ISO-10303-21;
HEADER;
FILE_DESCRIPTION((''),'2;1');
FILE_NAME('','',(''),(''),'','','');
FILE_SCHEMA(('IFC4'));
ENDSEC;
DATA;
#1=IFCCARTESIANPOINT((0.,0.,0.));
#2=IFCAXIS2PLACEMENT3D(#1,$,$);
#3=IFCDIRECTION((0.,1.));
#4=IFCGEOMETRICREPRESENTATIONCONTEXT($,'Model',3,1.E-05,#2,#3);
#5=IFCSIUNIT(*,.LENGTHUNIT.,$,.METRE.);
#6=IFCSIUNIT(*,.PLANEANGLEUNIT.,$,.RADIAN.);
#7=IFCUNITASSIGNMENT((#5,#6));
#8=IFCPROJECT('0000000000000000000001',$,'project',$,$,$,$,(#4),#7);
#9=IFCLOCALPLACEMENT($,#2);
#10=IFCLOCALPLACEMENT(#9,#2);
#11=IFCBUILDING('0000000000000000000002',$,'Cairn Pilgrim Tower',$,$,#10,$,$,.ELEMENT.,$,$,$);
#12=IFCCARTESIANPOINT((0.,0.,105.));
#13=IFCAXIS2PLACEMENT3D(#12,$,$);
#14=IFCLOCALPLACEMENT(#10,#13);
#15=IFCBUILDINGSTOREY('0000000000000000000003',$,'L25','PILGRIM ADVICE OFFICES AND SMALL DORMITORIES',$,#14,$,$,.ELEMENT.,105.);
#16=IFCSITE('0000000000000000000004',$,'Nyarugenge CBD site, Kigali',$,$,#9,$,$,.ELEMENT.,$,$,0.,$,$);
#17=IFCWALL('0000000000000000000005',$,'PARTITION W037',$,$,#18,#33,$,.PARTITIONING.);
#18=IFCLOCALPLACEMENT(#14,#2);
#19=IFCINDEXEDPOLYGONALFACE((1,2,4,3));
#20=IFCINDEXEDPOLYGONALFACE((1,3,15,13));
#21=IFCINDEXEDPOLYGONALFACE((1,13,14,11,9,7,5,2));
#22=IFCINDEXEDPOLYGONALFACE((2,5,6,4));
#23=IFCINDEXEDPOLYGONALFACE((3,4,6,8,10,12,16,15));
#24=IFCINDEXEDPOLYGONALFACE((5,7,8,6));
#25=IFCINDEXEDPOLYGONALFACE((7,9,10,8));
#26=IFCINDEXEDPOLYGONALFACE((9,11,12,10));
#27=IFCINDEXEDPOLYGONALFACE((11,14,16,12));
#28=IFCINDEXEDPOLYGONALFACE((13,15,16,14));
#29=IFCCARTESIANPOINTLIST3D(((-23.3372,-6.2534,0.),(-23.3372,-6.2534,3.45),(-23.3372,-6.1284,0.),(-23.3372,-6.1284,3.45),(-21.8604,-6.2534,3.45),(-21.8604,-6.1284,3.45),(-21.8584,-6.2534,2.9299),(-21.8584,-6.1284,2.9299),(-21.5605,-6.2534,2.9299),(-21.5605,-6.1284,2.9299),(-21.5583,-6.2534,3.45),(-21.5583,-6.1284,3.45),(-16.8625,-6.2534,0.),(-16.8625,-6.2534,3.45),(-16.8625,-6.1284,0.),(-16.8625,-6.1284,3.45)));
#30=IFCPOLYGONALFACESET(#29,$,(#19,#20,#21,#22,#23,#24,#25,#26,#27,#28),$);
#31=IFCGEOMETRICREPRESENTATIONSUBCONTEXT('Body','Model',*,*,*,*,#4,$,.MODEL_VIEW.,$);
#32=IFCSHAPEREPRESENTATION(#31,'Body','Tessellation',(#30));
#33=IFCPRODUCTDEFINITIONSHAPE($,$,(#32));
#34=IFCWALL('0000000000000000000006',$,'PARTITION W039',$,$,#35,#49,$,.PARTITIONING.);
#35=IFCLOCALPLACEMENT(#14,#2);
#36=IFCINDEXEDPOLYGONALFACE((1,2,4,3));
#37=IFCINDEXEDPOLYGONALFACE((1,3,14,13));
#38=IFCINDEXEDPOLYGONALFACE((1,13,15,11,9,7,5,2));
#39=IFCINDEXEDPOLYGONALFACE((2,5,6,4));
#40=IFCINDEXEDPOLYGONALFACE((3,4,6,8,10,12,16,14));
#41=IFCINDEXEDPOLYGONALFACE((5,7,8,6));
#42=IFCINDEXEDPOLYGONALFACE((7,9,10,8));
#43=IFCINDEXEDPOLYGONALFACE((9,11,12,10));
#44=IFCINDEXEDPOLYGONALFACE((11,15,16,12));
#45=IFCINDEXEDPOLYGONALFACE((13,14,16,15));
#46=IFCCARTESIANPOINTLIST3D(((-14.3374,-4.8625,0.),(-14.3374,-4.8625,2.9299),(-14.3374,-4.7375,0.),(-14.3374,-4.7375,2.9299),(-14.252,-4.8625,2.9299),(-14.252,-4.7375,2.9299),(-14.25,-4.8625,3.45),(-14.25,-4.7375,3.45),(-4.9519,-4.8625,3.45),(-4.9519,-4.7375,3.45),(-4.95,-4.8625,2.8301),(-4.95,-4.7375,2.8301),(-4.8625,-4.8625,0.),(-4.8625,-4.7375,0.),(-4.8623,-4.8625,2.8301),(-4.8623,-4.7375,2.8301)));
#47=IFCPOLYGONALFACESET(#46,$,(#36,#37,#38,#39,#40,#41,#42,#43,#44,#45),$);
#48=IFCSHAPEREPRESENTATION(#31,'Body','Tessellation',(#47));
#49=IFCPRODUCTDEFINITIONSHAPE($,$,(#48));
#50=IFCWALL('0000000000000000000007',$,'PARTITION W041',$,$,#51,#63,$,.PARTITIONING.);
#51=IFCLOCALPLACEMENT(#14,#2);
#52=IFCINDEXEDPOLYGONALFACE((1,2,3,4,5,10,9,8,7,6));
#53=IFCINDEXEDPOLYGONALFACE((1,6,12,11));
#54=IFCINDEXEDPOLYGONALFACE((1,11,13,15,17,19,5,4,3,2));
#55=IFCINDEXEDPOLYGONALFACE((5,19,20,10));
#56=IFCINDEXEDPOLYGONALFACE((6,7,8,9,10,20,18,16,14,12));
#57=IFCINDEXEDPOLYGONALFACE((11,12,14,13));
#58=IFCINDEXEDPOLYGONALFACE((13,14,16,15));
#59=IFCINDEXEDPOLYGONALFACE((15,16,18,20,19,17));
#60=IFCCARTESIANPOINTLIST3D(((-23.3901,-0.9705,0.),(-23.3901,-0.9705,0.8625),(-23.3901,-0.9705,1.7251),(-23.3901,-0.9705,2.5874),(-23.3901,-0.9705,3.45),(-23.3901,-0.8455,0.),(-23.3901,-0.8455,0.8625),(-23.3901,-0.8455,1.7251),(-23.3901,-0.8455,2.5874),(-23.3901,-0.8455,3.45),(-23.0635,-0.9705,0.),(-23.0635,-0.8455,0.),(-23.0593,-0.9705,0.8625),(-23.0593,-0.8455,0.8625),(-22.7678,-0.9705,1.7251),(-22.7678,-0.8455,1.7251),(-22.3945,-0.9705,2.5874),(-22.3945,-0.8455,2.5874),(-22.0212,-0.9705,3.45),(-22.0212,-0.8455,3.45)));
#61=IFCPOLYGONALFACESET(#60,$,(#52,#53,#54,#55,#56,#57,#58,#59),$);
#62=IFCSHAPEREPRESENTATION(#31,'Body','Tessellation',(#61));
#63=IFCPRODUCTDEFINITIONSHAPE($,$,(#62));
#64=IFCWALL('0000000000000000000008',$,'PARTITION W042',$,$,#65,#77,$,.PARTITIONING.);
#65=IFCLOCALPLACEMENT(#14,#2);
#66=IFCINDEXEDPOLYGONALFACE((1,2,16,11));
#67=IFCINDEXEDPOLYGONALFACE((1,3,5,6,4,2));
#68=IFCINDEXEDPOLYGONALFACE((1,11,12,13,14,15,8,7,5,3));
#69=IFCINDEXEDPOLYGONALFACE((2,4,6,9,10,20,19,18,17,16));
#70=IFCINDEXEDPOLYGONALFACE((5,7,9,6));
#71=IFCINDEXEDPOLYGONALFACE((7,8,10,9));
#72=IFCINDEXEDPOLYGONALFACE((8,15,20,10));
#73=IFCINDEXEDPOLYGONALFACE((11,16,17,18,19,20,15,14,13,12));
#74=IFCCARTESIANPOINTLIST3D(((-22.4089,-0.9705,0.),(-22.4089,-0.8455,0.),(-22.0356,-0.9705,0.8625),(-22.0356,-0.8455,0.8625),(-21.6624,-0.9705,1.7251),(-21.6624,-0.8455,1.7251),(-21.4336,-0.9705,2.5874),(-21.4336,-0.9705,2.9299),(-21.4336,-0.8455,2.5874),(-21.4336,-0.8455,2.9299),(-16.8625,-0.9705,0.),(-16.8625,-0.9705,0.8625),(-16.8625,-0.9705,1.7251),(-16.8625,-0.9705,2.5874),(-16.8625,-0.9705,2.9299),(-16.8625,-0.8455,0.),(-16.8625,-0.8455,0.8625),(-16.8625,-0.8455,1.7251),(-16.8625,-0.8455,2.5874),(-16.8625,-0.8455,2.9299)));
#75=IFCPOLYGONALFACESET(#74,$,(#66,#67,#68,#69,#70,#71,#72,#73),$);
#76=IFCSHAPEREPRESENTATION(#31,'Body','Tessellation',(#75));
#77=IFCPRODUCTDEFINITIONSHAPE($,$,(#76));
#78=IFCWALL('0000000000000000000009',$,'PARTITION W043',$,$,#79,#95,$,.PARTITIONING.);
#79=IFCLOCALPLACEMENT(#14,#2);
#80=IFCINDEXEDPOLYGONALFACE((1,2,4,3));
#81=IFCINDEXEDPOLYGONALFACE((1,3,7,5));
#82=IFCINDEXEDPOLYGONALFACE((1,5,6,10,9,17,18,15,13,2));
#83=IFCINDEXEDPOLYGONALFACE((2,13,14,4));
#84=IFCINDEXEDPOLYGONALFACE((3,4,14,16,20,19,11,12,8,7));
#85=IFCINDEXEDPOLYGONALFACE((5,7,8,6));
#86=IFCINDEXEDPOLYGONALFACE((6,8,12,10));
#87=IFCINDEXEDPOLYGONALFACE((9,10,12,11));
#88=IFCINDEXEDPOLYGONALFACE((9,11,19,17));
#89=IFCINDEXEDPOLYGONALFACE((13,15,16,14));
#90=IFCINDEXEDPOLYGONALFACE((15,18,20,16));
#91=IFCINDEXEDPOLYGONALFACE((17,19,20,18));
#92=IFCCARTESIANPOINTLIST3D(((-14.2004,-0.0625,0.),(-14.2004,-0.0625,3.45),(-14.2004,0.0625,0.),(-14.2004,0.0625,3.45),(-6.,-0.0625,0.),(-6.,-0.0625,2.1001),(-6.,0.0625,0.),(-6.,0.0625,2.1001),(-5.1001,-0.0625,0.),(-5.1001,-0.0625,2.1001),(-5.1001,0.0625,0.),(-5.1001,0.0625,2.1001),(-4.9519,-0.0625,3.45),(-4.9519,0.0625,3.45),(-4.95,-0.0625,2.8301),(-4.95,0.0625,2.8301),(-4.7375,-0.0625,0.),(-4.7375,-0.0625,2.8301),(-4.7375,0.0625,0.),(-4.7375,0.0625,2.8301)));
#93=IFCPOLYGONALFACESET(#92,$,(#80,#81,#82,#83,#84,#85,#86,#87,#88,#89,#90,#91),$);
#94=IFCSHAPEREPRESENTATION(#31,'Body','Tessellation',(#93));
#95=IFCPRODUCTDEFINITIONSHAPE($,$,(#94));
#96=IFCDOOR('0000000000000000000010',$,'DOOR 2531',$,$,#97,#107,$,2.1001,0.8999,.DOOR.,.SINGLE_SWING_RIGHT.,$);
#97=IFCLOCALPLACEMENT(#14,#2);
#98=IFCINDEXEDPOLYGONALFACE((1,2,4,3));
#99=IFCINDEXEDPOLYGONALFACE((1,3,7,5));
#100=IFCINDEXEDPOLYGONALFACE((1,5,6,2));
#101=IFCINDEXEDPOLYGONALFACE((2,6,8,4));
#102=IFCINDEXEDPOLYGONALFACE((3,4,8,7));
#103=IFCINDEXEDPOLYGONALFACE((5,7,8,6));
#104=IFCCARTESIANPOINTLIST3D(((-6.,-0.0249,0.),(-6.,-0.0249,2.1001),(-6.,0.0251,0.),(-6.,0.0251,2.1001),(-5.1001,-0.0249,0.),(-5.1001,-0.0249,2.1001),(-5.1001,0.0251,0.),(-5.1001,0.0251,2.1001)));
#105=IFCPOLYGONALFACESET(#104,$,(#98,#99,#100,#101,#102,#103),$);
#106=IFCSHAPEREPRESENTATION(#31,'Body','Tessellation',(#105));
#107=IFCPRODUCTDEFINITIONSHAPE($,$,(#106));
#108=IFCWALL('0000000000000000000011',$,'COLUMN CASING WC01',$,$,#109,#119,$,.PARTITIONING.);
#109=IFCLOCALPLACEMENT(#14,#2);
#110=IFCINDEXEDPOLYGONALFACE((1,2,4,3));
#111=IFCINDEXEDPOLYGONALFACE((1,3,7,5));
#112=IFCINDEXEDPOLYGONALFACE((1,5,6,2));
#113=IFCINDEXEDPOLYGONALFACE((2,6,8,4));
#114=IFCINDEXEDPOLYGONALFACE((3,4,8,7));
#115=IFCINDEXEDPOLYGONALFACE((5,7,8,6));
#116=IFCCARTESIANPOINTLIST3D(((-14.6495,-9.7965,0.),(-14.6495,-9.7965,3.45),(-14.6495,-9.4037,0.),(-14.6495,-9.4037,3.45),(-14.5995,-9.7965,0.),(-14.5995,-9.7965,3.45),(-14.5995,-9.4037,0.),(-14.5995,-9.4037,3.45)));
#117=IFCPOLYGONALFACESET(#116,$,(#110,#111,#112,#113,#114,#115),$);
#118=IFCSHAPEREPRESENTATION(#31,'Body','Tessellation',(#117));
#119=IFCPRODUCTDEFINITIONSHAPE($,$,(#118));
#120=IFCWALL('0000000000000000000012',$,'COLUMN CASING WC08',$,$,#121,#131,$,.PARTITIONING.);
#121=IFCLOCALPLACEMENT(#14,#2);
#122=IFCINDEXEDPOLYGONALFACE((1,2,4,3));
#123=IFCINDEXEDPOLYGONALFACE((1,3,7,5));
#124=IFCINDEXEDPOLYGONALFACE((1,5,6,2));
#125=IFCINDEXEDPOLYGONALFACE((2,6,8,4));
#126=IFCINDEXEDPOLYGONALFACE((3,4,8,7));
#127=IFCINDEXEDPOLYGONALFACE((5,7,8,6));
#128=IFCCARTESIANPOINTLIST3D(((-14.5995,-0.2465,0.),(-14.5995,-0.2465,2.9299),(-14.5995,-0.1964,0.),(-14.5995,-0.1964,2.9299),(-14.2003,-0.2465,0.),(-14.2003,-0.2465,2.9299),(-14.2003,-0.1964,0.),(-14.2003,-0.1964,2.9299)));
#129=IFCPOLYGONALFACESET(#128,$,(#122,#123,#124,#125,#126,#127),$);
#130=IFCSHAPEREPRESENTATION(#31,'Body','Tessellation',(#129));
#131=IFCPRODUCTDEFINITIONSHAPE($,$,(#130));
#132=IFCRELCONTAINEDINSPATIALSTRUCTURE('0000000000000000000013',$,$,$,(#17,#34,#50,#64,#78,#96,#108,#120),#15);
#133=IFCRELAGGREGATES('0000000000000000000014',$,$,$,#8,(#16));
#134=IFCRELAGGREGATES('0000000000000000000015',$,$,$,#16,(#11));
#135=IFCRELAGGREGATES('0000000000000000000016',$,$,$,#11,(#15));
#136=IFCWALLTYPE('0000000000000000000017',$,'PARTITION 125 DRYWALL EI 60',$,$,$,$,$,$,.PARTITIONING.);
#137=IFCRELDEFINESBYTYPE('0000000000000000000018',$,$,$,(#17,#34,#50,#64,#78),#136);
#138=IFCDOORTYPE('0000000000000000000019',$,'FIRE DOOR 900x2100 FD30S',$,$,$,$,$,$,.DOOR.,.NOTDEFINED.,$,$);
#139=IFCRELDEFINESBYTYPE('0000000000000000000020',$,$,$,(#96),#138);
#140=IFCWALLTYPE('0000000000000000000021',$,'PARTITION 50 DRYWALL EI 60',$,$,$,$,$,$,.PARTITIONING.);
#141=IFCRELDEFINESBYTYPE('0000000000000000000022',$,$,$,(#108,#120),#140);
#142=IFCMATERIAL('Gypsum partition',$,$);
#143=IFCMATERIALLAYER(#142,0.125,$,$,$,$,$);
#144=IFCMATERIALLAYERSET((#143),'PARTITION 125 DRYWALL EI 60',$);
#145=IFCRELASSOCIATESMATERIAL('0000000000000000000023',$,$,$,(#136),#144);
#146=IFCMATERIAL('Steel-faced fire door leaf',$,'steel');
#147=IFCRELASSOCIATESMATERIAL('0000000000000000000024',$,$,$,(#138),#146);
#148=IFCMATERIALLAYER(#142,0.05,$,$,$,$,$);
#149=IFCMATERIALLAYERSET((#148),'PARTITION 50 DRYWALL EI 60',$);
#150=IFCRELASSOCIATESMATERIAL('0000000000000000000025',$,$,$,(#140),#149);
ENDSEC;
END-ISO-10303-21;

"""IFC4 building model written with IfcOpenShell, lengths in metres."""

from ifc_helpers import new_model, si_unit, direction, frame, frame_2d, origin, place, context, subcontext, project, spatial, polyline, rectangle, outline, extrude, material, layer, layer_set, type_object, element, fill, save


model = new_model("IFC4")

# Units and contexts
model_context = context("Model", 3, precision=1e-05, world=origin(), true_north=direction((0.0, 1.0)))
body_context = subcontext(model_context, "Body", "Model", "MODEL_VIEW")
ifc_project = project(units=[si_unit("LENGTHUNIT", "METRE"), si_unit("PLANEANGLEUNIT", "RADIAN")], contexts=[model_context])

# Site, building, storey
site_placement = place(None, origin())
site = spatial("IfcSite", under=ifc_project, at=site_placement, Name="Nyarugenge CBD site, Kigali", CompositionType="ELEMENT", RefElevation=0.0)
building_placement = place(site_placement, origin())
building = spatial("IfcBuilding", under=site, at=building_placement, Name="Cairn Pilgrim Tower", CompositionType="ELEMENT")
storey_placement = place(building_placement, frame((0.0, 0.0, 105.0)))
storey = spatial("IfcBuildingStorey", under=building, at=storey_placement, Name="L25", Description="PILGRIM ADVICE OFFICES AND SMALL DORMITORIES", CompositionType="ELEMENT", Elevation=105.0)

# Walls
ifc_material_1 = material(Name="Gypsum partition")
ifc_layer_1 = layer(ifc_material_1, 0.125)
ifc_layer_set_1 = layer_set([ifc_layer_1], Name="PARTITION 125 DRYWALL EI 60")
wall_type_1 = type_object("IfcWallType", Name="PARTITION 125 DRYWALL EI 60", PredefinedType="PARTITIONING", material=ifc_layer_set_1)
wall_1_placement = place(storey_placement, frame((-23.3372, -6.1909, 0.0), z_axis=(0.0, 0.0, 1.0), x_axis=(1.0, 0.0, 0.0)))
element("IfcWall", 1, at=wall_1_placement, inside=storey, type_object=wall_type_1, Name="PARTITION W037", PredefinedType="PARTITIONING", context=body_context, shape_type="SweptSolid", body=[
    extrude(outline(polyline([(0.0, 0.0), (6.4746, 0.0), (6.4746, 3.45), (1.7788, 3.45), (1.7766, 2.9299), (1.4788, 2.9299), (1.4768, 3.45), (0.0, 3.45), (0.0, 0.0)])), frame((0.0, 0.0625, 0.0), z_axis=(0.0, -1.0, 0.0), x_axis=(1.0, 0.0, 0.0)), (0.0, 0.0, 1.0), 0.125),
])
wall_2_placement = place(storey_placement, frame((-14.3374, -4.8, 0.0), z_axis=(0.0, 0.0, 1.0), x_axis=(1.0, 0.0, 0.0)))
element("IfcWall", 2, at=wall_2_placement, inside=storey, type_object=wall_type_1, Name="PARTITION W039", PredefinedType="PARTITIONING", context=body_context, shape_type="SweptSolid", body=[
    extrude(outline(polyline([(0.0, 0.0), (9.4749, 0.0), (9.4751, 2.8301), (9.3875, 2.8301), (9.3855, 3.45), (0.0874, 3.45), (0.0854, 2.9299), (0.0, 2.9299), (0.0, 0.0)])), frame((0.0, 0.0625, 0.0), z_axis=(0.0, -1.0, 0.0), x_axis=(1.0, 0.0, 0.0)), (0.0, 0.0, 1.0), 0.125),
])
wall_3_placement = place(storey_placement, frame((-23.3901, -0.908, 0.0), z_axis=(0.0, 0.0, 1.0), x_axis=(1.0, 0.0, 0.0)))
element("IfcWall", 3, at=wall_3_placement, inside=storey, type_object=wall_type_1, Name="PARTITION W041", PredefinedType="PARTITIONING", context=body_context, shape_type="SweptSolid", body=[
    extrude(outline(polyline([(0.0, 0.0), (0.3267, 0.0), (0.3308, 0.8625), (0.6223, 1.7251), (0.9956, 2.5874), (1.3689, 3.45), (0.0, 3.45), (0.0, 2.5874), (0.0, 1.7251), (0.0, 0.8625), (0.0, 0.0)])), frame((0.0, 0.0625, 0.0), z_axis=(0.0, -1.0, 0.0), x_axis=(1.0, 0.0, 0.0)), (0.0, 0.0, 1.0), 0.125),
])
wall_4_placement = place(storey_placement, frame((-22.4089, -0.908, 0.0), z_axis=(0.0, 0.0, 1.0), x_axis=(1.0, 0.0, 0.0)))
element("IfcWall", 4, at=wall_4_placement, inside=storey, type_object=wall_type_1, Name="PARTITION W042", PredefinedType="PARTITIONING", context=body_context, shape_type="SweptSolid", body=[
    extrude(outline(polyline([(0.0, 0.0), (5.5464, 0.0), (5.5464, 0.8625), (5.5464, 1.7251), (5.5464, 2.5874), (5.5464, 2.9299), (0.9753, 2.9299), (0.9753, 2.5874), (0.7466, 1.7251), (0.3733, 0.8625), (0.0, 0.0)])), frame((0.0, 0.0625, 0.0), z_axis=(0.0, -1.0, 0.0), x_axis=(1.0, 0.0, 0.0)), (0.0, 0.0, 1.0), 0.125),
])

# Wall, opening, door
wall_5_placement = place(storey_placement, frame((-14.2004, 0.0, 0.0), z_axis=(0.0, 0.0, 1.0), x_axis=(1.0, 0.0, 0.0)))
wall_5 = element("IfcWall", 5, at=wall_5_placement, inside=storey, type_object=wall_type_1, Name="PARTITION W043", PredefinedType="PARTITIONING", context=body_context, shape_type="SweptSolid", body=[
    extrude(outline(polyline([(0.0, 0.0), (9.4629, 0.0), (9.4629, 2.8301), (9.2505, 2.8301), (9.2485, 3.45), (0.0, 3.45), (0.0, 0.0)])), frame((0.0, 0.0625, 0.0), z_axis=(0.0, -1.0, 0.0), x_axis=(1.0, 0.0, 0.0)), (0.0, 0.0, 1.0), 0.125),
])
opening_1_placement = place(wall_5_placement, frame((8.2004, 0.0, 0.0)))
opening_1 = element("IfcOpeningElement", 6, at=opening_1_placement, cuts=wall_5, PredefinedType="OPENING", context=body_context, shape_type="SweptSolid", body=[
    extrude(rectangle(XDim=0.8999, YDim=2.1001, at=frame_2d((0.45, 1.05))), frame((0.0, 0.0725, 0.0), z_axis=(0.0, -1.0, 0.0), x_axis=(1.0, 0.0, 0.0)), (0.0, 0.0, 1.0), 0.145),
])
ifc_material_2 = material(Name="Steel-faced fire door leaf", Category="steel")
door_type_1 = type_object("IfcDoorType", Name="FIRE DOOR 900x2100 FD30S", OperationType="NOTDEFINED", PredefinedType="DOOR", material=ifc_material_2)
door_1_placement = place(opening_1_placement, frame((0.8999, 0.0, 0.0), z_axis=(0.0, 0.0, 1.0), x_axis=(-1.0, 0.0, 0.0)))
door_1 = element("IfcDoor", 7, at=door_1_placement, inside=storey, type_object=door_type_1, Name="DOOR 2531", OperationType="SINGLE_SWING_RIGHT", OverallHeight=2.1001, OverallWidth=0.8999, PredefinedType="DOOR", context=body_context, shape_type="SweptSolid", body=[
    extrude(rectangle(XDim=0.8999, YDim=2.1001, at=frame_2d((0.45, 1.05))), frame((0.0, 0.0249, 0.0), z_axis=(0.0, -1.0, 0.0), x_axis=(1.0, 0.0, 0.0)), (0.0, 0.0, 1.0), 0.05),
])
fill(opening_1, door_1)

# Walls
ifc_layer_2 = layer(ifc_material_1, 0.05)
ifc_layer_set_2 = layer_set([ifc_layer_2], Name="PARTITION 50 DRYWALL EI 60")
wall_type_2 = type_object("IfcWallType", Name="PARTITION 50 DRYWALL EI 60", PredefinedType="PARTITIONING", material=ifc_layer_set_2)
wall_6_placement = place(storey_placement, frame((-14.6245, -9.7964, 0.0), z_axis=(0.0, 0.0, 1.0), x_axis=(0.0, 1.0, 0.0)))
element("IfcWall", 8, at=wall_6_placement, inside=storey, type_object=wall_type_2, Name="COLUMN CASING WC01", PredefinedType="PARTITIONING", context=body_context, shape_type="SweptSolid", body=[
    extrude(rectangle(XDim=0.3928, YDim=0.05, at=frame_2d((0.1963, 0.0))), origin(), (0.0, 0.0, 1.0), 3.45),
])
wall_7_placement = place(storey_placement, frame((-14.5996, -0.2214, 0.0), z_axis=(0.0, 0.0, 1.0), x_axis=(1.0, 0.0, 0.0)))
element("IfcWall", 9, at=wall_7_placement, inside=storey, type_object=wall_type_2, Name="COLUMN CASING WC08", PredefinedType="PARTITIONING", context=body_context, shape_type="SweptSolid", body=[
    extrude(rectangle(XDim=0.3992, YDim=0.05, at=frame_2d((0.1997, 0.0))), origin(), (0.0, 0.0, 1.0), 2.9299),
])

save(model, "model.ifc")
